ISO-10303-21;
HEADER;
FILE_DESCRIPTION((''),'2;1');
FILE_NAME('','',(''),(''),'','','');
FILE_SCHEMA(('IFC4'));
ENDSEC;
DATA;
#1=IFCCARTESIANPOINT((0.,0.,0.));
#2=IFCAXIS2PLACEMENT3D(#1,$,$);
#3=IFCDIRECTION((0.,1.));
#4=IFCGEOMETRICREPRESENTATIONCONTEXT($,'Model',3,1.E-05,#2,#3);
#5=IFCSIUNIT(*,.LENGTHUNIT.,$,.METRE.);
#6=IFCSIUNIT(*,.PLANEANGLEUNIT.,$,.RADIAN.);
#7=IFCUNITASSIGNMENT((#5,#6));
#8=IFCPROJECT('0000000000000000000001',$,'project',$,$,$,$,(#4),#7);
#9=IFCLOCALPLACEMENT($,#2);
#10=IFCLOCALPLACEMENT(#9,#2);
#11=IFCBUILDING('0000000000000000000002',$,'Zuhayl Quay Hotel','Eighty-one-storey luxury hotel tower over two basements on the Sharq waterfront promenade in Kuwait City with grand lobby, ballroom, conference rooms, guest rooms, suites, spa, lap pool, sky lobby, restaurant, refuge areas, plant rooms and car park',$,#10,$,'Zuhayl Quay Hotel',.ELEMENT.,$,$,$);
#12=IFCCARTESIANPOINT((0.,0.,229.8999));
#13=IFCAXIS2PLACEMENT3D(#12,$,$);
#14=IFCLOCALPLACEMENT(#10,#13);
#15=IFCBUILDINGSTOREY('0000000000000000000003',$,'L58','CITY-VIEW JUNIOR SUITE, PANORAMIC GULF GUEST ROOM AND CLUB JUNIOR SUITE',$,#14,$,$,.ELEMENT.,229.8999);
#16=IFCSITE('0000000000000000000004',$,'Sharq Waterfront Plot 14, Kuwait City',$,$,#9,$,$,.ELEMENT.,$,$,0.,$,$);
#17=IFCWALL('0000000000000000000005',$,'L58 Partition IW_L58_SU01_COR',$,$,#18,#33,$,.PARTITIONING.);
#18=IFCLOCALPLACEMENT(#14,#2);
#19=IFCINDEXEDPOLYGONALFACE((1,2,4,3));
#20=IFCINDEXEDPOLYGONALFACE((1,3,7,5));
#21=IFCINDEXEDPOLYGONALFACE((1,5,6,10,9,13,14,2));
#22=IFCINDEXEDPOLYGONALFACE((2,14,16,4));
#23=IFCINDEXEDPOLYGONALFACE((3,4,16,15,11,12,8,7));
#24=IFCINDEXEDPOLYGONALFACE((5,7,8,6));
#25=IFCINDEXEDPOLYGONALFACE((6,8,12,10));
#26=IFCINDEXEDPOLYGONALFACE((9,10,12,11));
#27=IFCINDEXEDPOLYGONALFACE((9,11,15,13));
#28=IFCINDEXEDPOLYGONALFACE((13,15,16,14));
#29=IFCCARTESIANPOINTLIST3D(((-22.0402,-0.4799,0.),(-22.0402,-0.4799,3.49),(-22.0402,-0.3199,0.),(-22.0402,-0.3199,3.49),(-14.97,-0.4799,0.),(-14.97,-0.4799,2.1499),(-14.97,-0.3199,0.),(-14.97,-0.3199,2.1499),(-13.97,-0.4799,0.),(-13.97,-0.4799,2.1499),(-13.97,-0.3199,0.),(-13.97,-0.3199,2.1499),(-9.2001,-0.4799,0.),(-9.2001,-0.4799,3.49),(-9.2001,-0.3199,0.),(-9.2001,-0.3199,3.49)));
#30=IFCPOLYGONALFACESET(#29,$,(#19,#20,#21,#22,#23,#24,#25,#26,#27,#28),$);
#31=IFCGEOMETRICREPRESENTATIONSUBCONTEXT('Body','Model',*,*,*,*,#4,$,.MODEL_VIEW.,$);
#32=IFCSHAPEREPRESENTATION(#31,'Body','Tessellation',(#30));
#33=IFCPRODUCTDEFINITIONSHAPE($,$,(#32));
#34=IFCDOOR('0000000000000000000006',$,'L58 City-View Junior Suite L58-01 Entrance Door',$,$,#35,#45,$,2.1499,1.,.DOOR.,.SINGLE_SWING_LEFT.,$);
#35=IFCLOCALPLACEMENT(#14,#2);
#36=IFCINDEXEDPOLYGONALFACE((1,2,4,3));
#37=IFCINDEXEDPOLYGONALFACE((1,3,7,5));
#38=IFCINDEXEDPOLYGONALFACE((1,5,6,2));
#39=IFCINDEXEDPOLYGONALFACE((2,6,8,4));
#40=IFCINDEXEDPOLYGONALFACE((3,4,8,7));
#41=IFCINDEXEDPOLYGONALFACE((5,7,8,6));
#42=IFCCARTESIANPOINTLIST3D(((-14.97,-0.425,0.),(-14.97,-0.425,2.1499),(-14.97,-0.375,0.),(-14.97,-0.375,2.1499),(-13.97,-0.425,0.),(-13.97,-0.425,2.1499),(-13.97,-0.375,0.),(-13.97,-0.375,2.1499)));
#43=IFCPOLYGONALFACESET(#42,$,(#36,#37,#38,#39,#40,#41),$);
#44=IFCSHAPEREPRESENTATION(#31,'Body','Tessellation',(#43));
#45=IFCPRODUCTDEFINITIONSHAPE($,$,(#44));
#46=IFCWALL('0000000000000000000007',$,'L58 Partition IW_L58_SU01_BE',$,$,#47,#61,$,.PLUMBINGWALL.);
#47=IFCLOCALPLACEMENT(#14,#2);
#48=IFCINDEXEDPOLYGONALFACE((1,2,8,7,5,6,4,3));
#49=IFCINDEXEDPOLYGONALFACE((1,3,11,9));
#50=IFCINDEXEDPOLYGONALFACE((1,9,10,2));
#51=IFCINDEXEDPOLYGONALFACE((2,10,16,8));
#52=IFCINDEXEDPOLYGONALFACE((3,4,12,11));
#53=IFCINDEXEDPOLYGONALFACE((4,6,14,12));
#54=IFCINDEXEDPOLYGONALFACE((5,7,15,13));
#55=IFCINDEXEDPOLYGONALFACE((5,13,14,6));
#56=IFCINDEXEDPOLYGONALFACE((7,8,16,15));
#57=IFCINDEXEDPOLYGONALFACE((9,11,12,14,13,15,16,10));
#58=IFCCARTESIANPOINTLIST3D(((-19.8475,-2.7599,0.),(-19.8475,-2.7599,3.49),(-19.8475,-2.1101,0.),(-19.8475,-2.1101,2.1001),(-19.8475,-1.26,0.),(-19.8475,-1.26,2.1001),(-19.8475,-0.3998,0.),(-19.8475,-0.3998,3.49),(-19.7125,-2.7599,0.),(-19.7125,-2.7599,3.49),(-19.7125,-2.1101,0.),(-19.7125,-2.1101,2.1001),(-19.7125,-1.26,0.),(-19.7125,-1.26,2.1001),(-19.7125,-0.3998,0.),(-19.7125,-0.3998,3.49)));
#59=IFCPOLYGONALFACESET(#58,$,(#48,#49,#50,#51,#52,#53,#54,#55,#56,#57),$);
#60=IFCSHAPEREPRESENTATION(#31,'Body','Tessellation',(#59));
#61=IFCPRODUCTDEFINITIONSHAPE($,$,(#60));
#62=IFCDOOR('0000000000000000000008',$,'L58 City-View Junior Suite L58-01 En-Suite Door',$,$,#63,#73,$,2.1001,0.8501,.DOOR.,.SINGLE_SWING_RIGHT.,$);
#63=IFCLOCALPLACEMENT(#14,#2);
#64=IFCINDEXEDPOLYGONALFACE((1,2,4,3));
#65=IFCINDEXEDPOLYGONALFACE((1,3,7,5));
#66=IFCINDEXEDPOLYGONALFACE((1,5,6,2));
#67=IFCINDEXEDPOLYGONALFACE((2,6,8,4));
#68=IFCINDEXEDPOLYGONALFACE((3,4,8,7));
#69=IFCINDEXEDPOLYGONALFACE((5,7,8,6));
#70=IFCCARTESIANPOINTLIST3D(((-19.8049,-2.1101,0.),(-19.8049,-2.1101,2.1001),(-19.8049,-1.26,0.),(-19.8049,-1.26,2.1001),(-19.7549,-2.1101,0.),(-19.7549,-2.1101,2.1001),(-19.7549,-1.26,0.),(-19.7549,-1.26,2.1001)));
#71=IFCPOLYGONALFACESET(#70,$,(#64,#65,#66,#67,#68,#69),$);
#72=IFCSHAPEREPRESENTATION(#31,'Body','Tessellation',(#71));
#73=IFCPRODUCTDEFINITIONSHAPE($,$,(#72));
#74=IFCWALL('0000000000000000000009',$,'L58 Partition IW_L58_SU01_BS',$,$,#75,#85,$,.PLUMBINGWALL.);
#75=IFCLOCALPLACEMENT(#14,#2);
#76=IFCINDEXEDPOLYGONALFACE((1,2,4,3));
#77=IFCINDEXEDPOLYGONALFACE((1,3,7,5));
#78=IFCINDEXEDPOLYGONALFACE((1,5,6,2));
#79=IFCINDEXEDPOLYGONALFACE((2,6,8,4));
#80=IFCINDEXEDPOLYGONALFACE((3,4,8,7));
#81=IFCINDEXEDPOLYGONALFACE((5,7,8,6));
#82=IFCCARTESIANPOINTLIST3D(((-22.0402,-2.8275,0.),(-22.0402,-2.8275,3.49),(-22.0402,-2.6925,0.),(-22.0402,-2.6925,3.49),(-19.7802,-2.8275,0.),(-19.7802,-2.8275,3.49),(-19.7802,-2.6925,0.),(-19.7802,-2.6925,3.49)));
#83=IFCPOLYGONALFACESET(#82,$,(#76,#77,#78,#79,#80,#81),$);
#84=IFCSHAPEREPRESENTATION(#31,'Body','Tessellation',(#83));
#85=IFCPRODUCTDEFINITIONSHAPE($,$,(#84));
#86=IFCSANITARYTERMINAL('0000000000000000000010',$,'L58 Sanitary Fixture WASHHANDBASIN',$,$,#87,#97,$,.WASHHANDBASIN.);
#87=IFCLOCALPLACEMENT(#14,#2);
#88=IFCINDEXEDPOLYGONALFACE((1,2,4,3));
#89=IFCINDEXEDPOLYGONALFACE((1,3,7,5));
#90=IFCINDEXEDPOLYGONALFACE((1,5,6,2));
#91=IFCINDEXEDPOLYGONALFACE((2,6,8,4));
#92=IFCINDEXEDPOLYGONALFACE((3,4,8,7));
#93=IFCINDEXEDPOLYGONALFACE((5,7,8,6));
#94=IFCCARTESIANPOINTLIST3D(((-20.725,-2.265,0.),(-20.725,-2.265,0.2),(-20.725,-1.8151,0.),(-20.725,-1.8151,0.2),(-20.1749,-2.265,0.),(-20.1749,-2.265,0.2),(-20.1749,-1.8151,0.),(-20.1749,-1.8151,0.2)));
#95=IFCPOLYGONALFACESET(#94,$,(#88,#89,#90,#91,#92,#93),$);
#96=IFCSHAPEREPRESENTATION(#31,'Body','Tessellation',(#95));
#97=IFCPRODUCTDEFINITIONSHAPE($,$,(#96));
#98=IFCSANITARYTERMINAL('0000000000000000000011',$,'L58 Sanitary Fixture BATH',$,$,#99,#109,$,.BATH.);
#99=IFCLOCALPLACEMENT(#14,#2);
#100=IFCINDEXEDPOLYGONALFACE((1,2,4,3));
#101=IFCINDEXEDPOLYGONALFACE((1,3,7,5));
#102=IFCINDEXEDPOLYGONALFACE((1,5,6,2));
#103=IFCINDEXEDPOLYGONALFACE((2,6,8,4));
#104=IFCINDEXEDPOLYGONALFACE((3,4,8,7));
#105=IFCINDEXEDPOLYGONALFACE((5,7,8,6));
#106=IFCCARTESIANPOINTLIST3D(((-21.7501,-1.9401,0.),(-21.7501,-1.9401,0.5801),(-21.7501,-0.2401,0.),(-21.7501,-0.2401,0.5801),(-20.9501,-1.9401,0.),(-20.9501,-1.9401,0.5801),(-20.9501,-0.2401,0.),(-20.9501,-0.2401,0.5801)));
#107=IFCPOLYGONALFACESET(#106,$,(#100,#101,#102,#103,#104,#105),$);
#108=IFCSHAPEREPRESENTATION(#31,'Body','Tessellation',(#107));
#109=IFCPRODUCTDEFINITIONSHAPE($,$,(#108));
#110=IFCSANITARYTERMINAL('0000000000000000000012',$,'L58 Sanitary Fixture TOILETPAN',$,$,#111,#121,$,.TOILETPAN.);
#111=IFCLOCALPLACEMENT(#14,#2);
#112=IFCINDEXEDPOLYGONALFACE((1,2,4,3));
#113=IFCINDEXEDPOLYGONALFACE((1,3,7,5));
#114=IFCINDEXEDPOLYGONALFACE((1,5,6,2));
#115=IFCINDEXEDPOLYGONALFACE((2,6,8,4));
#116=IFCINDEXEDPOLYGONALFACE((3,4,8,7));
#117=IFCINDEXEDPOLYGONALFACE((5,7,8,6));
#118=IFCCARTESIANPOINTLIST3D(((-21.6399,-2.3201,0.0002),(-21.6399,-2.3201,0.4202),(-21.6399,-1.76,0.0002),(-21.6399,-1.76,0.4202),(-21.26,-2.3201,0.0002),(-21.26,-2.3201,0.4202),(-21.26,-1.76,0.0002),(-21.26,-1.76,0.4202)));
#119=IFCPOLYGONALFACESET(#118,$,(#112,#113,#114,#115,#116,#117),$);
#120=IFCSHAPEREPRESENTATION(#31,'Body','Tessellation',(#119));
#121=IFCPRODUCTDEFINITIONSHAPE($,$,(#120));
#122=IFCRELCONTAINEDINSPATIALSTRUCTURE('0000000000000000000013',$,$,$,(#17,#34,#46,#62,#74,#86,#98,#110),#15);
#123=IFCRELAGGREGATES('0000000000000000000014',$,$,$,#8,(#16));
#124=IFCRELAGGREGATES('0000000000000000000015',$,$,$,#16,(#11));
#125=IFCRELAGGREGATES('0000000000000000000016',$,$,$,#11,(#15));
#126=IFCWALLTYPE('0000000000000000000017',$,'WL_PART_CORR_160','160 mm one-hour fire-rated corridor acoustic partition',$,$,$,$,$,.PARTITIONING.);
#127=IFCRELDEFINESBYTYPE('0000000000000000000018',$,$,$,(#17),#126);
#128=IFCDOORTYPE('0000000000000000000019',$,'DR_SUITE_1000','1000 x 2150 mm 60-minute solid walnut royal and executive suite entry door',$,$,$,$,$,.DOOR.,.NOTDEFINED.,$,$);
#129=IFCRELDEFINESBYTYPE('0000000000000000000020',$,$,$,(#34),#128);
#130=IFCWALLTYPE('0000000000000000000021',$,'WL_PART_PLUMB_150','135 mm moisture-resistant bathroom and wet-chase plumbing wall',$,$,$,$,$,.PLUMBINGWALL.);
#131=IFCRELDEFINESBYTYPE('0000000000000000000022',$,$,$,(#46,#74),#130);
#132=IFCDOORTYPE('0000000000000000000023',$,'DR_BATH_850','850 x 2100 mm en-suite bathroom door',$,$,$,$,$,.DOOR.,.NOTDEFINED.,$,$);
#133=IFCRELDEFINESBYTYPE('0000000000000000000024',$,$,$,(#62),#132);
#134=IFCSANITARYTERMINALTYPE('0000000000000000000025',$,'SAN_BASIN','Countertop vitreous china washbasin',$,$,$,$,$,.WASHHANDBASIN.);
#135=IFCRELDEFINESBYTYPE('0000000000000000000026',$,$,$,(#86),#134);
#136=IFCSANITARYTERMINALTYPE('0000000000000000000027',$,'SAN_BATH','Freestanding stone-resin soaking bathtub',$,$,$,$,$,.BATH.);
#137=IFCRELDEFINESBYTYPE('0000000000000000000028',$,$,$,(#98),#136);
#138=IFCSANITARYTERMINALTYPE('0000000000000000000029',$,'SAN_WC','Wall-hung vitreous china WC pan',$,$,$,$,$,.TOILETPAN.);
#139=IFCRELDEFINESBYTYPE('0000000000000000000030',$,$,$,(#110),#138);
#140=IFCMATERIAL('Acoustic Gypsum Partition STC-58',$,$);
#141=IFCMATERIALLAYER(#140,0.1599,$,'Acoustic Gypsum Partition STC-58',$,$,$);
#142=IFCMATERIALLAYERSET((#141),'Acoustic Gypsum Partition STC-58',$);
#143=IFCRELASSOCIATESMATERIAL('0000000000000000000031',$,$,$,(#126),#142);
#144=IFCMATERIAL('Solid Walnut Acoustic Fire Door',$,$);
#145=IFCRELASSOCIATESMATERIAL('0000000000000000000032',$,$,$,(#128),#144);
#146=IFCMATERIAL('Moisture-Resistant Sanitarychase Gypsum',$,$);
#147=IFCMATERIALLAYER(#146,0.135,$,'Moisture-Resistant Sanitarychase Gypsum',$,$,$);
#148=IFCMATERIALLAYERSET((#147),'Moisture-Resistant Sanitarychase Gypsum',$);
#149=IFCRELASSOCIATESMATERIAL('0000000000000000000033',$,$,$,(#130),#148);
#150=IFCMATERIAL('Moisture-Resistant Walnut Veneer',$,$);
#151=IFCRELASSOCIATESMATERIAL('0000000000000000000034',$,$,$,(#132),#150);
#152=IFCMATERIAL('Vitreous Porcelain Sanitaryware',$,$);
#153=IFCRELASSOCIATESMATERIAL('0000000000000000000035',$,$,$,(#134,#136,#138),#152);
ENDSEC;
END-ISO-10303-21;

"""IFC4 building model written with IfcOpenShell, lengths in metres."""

from ifc_helpers import new_model, si_unit, direction, frame, frame_2d, origin, origin_2d, place, context, subcontext, project, spatial, rectangle, extrude, material, layer, layer_set, type_object, element, fill, save


model = new_model("IFC4")

# Units and contexts
model_context = context("Model", 3, precision=1e-05, world=origin(), true_north=direction((0.0, 1.0)))
body_context = subcontext(model_context, "Body", "Model", "MODEL_VIEW")
ifc_project = project(units=[si_unit("LENGTHUNIT", "METRE"), si_unit("PLANEANGLEUNIT", "RADIAN")], contexts=[model_context])

# Site, building, storey
site_placement = place(None, origin())
site = spatial("IfcSite", under=ifc_project, at=site_placement, Name="Sharq Waterfront Plot 14, Kuwait City", CompositionType="ELEMENT", RefElevation=0.0)
building_placement = place(site_placement, origin())
building = spatial("IfcBuilding", under=site, at=building_placement, Name="Zuhayl Quay Hotel", Description="Eighty-one-storey luxury hotel tower over two basements on the Sharq waterfront promenade in Kuwait City with grand lobby, ballroom, conference rooms, guest rooms, suites, spa, lap pool, sky lobby, restaurant, refuge areas, plant rooms and car park", LongName="Zuhayl Quay Hotel", CompositionType="ELEMENT")
storey_placement = place(building_placement, frame((0.0, 0.0, 229.8999)))
storey = spatial("IfcBuildingStorey", under=building, at=storey_placement, Name="L58", Description="CITY-VIEW JUNIOR SUITE, PANORAMIC GULF GUEST ROOM AND CLUB JUNIOR SUITE", CompositionType="ELEMENT", Elevation=229.8999)

# Shared definitions
ifc_material_1 = material(Name="Acoustic Gypsum Partition STC-58")

# Walls, openings, doors
ifc_layer_1 = layer(ifc_material_1, 0.1599, Name="Acoustic Gypsum Partition STC-58")
ifc_layer_set_1 = layer_set([ifc_layer_1], Name="Acoustic Gypsum Partition STC-58")
wall_type_1 = type_object("IfcWallType", Name="WL_PART_CORR_160", Description="160 mm one-hour fire-rated corridor acoustic partition", PredefinedType="PARTITIONING", material=ifc_layer_set_1)
wall_1_placement = place(storey_placement, frame((-22.04, -0.3999, 0.0), z_axis=(0.0, 0.0, 1.0), x_axis=(1.0, 0.0, 0.0)))
wall_1 = element("IfcWall", 1, at=wall_1_placement, inside=storey, type_object=wall_type_1, Name="L58 Partition IW_L58_SU01_COR", PredefinedType="PARTITIONING", context=body_context, shape_type="SweptSolid", body=[
    extrude(rectangle(XDim=12.8401, YDim=0.1599, at=frame_2d((6.4199, 0.0))), origin(), (0.0, 0.0, 1.0), 3.49),
])
opening_1_placement = place(wall_1_placement, frame((7.0701, 0.0, 0.0)))
opening_1 = element("IfcOpeningElement", 2, at=opening_1_placement, cuts=wall_1, PredefinedType="OPENING", context=body_context, shape_type="SweptSolid", body=[
    extrude(rectangle(XDim=1.0, YDim=2.1499, at=frame_2d((0.5, 1.075))), frame((0.0, 0.0898, 0.0), z_axis=(0.0, -1.0, 0.0), x_axis=(1.0, 0.0, 0.0)), (0.0, 0.0, 1.0), 0.1799),
])
ifc_material_2 = material(Name="Solid Walnut Acoustic Fire Door")
door_type_1 = type_object("IfcDoorType", Name="DR_SUITE_1000", Description="1000 x 2150 mm 60-minute solid walnut royal and executive suite entry door", OperationType="NOTDEFINED", PredefinedType="DOOR", material=ifc_material_2)
door_1_placement = place(opening_1_placement, origin())
door_1 = element("IfcDoor", 3, at=door_1_placement, inside=storey, type_object=door_type_1, Name="L58 City-View Junior Suite L58-01 Entrance Door", OperationType="SINGLE_SWING_LEFT", OverallHeight=2.1499, OverallWidth=1.0, PredefinedType="DOOR", context=body_context, shape_type="SweptSolid", body=[
    extrude(rectangle(XDim=1.0, YDim=2.1499, at=frame_2d((0.5, 1.075))), frame((0.0, 0.0249, 0.0), z_axis=(0.0, -1.0, 0.0), x_axis=(1.0, 0.0, 0.0)), (0.0, 0.0, 1.0), 0.05),
])
fill(opening_1, door_1)
ifc_material_3 = material(Name="Moisture-Resistant Sanitarychase Gypsum")
ifc_layer_2 = layer(ifc_material_3, 0.135, Name="Moisture-Resistant Sanitarychase Gypsum")
ifc_layer_set_2 = layer_set([ifc_layer_2], Name="Moisture-Resistant Sanitarychase Gypsum")
wall_type_2 = type_object("IfcWallType", Name="WL_PART_PLUMB_150", Description="135 mm moisture-resistant bathroom and wet-chase plumbing wall", PredefinedType="PLUMBINGWALL", material=ifc_layer_set_2)
wall_2_placement = place(storey_placement, frame((-19.78, -2.76, 0.0), z_axis=(0.0, 0.0, 1.0), x_axis=(0.0, 1.0, 0.0)))
wall_2 = element("IfcWall", 4, at=wall_2_placement, inside=storey, type_object=wall_type_2, Name="L58 Partition IW_L58_SU01_BE", PredefinedType="PLUMBINGWALL", context=body_context, shape_type="SweptSolid", body=[
    extrude(rectangle(XDim=2.3601, YDim=0.135, at=frame_2d((1.1802, 0.0))), origin(), (0.0, 0.0, 1.0), 3.49),
])
opening_2_placement = place(wall_2_placement, frame((0.6499, 0.0, 0.0)))
opening_2 = element("IfcOpeningElement", 5, at=opening_2_placement, cuts=wall_2, PredefinedType="OPENING", context=body_context, shape_type="SweptSolid", body=[
    extrude(rectangle(XDim=0.8501, YDim=2.1001, at=frame_2d((0.425, 1.05))), frame((0.0, 0.0774, 0.0), z_axis=(0.0, -1.0, 0.0), x_axis=(1.0, 0.0, 0.0)), (0.0, 0.0, 1.0), 0.155),
])
ifc_material_4 = material(Name="Moisture-Resistant Walnut Veneer")
door_type_2 = type_object("IfcDoorType", Name="DR_BATH_850", Description="850 x 2100 mm en-suite bathroom door", OperationType="NOTDEFINED", PredefinedType="DOOR", material=ifc_material_4)
door_2_placement = place(opening_2_placement, origin())
door_2 = element("IfcDoor", 6, at=door_2_placement, inside=storey, type_object=door_type_2, Name="L58 City-View Junior Suite L58-01 En-Suite Door", OperationType="SINGLE_SWING_RIGHT", OverallHeight=2.1001, OverallWidth=0.8501, PredefinedType="DOOR", context=body_context, shape_type="SweptSolid", body=[
    extrude(rectangle(XDim=0.8501, YDim=2.1001, at=frame_2d((0.425, 1.05))), frame((0.0, 0.0249, 0.0), z_axis=(0.0, -1.0, 0.0), x_axis=(1.0, 0.0, 0.0)), (0.0, 0.0, 1.0), 0.05),
])
fill(opening_2, door_2)

# Wall
wall_3_placement = place(storey_placement, frame((-22.04, -2.76, 0.0), z_axis=(0.0, 0.0, 1.0), x_axis=(1.0, 0.0, 0.0)))
element("IfcWall", 7, at=wall_3_placement, inside=storey, type_object=wall_type_2, Name="L58 Partition IW_L58_SU01_BS", PredefinedType="PLUMBINGWALL", context=body_context, shape_type="SweptSolid", body=[
    extrude(rectangle(XDim=2.26, YDim=0.135, at=frame_2d((1.1299, 0.0))), origin(), (0.0, 0.0, 1.0), 3.49),
])

# Sanitary terminals
ifc_material_5 = material(Name="Vitreous Porcelain Sanitaryware")
sanitary_terminal_type_1 = type_object("IfcSanitaryTerminalType", Name="SAN_BASIN", Description="Countertop vitreous china washbasin", PredefinedType="WASHHANDBASIN", material=ifc_material_5)
sanitary_terminal_1_placement = place(storey_placement, frame((-20.45, -2.04, 0.0), z_axis=(0.0, 0.0, 1.0), x_axis=(1.0, 0.0, 0.0)))
element("IfcSanitaryTerminal", 8, at=sanitary_terminal_1_placement, inside=storey, type_object=sanitary_terminal_type_1, Name="L58 Sanitary Fixture WASHHANDBASIN", PredefinedType="WASHHANDBASIN", context=body_context, shape_type="SweptSolid", body=[
    extrude(rectangle(XDim=0.55, YDim=0.45, at=origin_2d()), origin(), (0.0, 0.0, 1.0), 0.2),
])
sanitary_terminal_type_2 = type_object("IfcSanitaryTerminalType", Name="SAN_BATH", Description="Freestanding stone-resin soaking bathtub", PredefinedType="BATH", material=ifc_material_5)
sanitary_terminal_2_placement = place(storey_placement, frame((-21.3501, -1.0901, 0.0), z_axis=(0.0, 0.0, 1.0), x_axis=(1.0, 0.0, 0.0)))
element("IfcSanitaryTerminal", 9, at=sanitary_terminal_2_placement, inside=storey, type_object=sanitary_terminal_type_2, Name="L58 Sanitary Fixture BATH", PredefinedType="BATH", context=body_context, shape_type="SweptSolid", body=[
    extrude(rectangle(XDim=0.8, YDim=1.7, at=origin_2d()), origin(), (0.0, 0.0, 1.0), 0.5801),
])
sanitary_terminal_type_3 = type_object("IfcSanitaryTerminalType", Name="SAN_WC", Description="Wall-hung vitreous china WC pan", PredefinedType="TOILETPAN", material=ifc_material_5)
sanitary_terminal_3_placement = place(storey_placement, frame((-21.45, -2.04, 0.0002), z_axis=(0.0, 0.0, 1.0), x_axis=(1.0, 0.0, 0.0)))
element("IfcSanitaryTerminal", 10, at=sanitary_terminal_3_placement, inside=storey, type_object=sanitary_terminal_type_3, Name="L58 Sanitary Fixture TOILETPAN", PredefinedType="TOILETPAN", context=body_context, shape_type="SweptSolid", body=[
    extrude(rectangle(XDim=0.3799, YDim=0.5601, at=origin_2d()), origin(), (0.0, 0.0, 1.0), 0.4199),
])

save(model, "model.ifc")
